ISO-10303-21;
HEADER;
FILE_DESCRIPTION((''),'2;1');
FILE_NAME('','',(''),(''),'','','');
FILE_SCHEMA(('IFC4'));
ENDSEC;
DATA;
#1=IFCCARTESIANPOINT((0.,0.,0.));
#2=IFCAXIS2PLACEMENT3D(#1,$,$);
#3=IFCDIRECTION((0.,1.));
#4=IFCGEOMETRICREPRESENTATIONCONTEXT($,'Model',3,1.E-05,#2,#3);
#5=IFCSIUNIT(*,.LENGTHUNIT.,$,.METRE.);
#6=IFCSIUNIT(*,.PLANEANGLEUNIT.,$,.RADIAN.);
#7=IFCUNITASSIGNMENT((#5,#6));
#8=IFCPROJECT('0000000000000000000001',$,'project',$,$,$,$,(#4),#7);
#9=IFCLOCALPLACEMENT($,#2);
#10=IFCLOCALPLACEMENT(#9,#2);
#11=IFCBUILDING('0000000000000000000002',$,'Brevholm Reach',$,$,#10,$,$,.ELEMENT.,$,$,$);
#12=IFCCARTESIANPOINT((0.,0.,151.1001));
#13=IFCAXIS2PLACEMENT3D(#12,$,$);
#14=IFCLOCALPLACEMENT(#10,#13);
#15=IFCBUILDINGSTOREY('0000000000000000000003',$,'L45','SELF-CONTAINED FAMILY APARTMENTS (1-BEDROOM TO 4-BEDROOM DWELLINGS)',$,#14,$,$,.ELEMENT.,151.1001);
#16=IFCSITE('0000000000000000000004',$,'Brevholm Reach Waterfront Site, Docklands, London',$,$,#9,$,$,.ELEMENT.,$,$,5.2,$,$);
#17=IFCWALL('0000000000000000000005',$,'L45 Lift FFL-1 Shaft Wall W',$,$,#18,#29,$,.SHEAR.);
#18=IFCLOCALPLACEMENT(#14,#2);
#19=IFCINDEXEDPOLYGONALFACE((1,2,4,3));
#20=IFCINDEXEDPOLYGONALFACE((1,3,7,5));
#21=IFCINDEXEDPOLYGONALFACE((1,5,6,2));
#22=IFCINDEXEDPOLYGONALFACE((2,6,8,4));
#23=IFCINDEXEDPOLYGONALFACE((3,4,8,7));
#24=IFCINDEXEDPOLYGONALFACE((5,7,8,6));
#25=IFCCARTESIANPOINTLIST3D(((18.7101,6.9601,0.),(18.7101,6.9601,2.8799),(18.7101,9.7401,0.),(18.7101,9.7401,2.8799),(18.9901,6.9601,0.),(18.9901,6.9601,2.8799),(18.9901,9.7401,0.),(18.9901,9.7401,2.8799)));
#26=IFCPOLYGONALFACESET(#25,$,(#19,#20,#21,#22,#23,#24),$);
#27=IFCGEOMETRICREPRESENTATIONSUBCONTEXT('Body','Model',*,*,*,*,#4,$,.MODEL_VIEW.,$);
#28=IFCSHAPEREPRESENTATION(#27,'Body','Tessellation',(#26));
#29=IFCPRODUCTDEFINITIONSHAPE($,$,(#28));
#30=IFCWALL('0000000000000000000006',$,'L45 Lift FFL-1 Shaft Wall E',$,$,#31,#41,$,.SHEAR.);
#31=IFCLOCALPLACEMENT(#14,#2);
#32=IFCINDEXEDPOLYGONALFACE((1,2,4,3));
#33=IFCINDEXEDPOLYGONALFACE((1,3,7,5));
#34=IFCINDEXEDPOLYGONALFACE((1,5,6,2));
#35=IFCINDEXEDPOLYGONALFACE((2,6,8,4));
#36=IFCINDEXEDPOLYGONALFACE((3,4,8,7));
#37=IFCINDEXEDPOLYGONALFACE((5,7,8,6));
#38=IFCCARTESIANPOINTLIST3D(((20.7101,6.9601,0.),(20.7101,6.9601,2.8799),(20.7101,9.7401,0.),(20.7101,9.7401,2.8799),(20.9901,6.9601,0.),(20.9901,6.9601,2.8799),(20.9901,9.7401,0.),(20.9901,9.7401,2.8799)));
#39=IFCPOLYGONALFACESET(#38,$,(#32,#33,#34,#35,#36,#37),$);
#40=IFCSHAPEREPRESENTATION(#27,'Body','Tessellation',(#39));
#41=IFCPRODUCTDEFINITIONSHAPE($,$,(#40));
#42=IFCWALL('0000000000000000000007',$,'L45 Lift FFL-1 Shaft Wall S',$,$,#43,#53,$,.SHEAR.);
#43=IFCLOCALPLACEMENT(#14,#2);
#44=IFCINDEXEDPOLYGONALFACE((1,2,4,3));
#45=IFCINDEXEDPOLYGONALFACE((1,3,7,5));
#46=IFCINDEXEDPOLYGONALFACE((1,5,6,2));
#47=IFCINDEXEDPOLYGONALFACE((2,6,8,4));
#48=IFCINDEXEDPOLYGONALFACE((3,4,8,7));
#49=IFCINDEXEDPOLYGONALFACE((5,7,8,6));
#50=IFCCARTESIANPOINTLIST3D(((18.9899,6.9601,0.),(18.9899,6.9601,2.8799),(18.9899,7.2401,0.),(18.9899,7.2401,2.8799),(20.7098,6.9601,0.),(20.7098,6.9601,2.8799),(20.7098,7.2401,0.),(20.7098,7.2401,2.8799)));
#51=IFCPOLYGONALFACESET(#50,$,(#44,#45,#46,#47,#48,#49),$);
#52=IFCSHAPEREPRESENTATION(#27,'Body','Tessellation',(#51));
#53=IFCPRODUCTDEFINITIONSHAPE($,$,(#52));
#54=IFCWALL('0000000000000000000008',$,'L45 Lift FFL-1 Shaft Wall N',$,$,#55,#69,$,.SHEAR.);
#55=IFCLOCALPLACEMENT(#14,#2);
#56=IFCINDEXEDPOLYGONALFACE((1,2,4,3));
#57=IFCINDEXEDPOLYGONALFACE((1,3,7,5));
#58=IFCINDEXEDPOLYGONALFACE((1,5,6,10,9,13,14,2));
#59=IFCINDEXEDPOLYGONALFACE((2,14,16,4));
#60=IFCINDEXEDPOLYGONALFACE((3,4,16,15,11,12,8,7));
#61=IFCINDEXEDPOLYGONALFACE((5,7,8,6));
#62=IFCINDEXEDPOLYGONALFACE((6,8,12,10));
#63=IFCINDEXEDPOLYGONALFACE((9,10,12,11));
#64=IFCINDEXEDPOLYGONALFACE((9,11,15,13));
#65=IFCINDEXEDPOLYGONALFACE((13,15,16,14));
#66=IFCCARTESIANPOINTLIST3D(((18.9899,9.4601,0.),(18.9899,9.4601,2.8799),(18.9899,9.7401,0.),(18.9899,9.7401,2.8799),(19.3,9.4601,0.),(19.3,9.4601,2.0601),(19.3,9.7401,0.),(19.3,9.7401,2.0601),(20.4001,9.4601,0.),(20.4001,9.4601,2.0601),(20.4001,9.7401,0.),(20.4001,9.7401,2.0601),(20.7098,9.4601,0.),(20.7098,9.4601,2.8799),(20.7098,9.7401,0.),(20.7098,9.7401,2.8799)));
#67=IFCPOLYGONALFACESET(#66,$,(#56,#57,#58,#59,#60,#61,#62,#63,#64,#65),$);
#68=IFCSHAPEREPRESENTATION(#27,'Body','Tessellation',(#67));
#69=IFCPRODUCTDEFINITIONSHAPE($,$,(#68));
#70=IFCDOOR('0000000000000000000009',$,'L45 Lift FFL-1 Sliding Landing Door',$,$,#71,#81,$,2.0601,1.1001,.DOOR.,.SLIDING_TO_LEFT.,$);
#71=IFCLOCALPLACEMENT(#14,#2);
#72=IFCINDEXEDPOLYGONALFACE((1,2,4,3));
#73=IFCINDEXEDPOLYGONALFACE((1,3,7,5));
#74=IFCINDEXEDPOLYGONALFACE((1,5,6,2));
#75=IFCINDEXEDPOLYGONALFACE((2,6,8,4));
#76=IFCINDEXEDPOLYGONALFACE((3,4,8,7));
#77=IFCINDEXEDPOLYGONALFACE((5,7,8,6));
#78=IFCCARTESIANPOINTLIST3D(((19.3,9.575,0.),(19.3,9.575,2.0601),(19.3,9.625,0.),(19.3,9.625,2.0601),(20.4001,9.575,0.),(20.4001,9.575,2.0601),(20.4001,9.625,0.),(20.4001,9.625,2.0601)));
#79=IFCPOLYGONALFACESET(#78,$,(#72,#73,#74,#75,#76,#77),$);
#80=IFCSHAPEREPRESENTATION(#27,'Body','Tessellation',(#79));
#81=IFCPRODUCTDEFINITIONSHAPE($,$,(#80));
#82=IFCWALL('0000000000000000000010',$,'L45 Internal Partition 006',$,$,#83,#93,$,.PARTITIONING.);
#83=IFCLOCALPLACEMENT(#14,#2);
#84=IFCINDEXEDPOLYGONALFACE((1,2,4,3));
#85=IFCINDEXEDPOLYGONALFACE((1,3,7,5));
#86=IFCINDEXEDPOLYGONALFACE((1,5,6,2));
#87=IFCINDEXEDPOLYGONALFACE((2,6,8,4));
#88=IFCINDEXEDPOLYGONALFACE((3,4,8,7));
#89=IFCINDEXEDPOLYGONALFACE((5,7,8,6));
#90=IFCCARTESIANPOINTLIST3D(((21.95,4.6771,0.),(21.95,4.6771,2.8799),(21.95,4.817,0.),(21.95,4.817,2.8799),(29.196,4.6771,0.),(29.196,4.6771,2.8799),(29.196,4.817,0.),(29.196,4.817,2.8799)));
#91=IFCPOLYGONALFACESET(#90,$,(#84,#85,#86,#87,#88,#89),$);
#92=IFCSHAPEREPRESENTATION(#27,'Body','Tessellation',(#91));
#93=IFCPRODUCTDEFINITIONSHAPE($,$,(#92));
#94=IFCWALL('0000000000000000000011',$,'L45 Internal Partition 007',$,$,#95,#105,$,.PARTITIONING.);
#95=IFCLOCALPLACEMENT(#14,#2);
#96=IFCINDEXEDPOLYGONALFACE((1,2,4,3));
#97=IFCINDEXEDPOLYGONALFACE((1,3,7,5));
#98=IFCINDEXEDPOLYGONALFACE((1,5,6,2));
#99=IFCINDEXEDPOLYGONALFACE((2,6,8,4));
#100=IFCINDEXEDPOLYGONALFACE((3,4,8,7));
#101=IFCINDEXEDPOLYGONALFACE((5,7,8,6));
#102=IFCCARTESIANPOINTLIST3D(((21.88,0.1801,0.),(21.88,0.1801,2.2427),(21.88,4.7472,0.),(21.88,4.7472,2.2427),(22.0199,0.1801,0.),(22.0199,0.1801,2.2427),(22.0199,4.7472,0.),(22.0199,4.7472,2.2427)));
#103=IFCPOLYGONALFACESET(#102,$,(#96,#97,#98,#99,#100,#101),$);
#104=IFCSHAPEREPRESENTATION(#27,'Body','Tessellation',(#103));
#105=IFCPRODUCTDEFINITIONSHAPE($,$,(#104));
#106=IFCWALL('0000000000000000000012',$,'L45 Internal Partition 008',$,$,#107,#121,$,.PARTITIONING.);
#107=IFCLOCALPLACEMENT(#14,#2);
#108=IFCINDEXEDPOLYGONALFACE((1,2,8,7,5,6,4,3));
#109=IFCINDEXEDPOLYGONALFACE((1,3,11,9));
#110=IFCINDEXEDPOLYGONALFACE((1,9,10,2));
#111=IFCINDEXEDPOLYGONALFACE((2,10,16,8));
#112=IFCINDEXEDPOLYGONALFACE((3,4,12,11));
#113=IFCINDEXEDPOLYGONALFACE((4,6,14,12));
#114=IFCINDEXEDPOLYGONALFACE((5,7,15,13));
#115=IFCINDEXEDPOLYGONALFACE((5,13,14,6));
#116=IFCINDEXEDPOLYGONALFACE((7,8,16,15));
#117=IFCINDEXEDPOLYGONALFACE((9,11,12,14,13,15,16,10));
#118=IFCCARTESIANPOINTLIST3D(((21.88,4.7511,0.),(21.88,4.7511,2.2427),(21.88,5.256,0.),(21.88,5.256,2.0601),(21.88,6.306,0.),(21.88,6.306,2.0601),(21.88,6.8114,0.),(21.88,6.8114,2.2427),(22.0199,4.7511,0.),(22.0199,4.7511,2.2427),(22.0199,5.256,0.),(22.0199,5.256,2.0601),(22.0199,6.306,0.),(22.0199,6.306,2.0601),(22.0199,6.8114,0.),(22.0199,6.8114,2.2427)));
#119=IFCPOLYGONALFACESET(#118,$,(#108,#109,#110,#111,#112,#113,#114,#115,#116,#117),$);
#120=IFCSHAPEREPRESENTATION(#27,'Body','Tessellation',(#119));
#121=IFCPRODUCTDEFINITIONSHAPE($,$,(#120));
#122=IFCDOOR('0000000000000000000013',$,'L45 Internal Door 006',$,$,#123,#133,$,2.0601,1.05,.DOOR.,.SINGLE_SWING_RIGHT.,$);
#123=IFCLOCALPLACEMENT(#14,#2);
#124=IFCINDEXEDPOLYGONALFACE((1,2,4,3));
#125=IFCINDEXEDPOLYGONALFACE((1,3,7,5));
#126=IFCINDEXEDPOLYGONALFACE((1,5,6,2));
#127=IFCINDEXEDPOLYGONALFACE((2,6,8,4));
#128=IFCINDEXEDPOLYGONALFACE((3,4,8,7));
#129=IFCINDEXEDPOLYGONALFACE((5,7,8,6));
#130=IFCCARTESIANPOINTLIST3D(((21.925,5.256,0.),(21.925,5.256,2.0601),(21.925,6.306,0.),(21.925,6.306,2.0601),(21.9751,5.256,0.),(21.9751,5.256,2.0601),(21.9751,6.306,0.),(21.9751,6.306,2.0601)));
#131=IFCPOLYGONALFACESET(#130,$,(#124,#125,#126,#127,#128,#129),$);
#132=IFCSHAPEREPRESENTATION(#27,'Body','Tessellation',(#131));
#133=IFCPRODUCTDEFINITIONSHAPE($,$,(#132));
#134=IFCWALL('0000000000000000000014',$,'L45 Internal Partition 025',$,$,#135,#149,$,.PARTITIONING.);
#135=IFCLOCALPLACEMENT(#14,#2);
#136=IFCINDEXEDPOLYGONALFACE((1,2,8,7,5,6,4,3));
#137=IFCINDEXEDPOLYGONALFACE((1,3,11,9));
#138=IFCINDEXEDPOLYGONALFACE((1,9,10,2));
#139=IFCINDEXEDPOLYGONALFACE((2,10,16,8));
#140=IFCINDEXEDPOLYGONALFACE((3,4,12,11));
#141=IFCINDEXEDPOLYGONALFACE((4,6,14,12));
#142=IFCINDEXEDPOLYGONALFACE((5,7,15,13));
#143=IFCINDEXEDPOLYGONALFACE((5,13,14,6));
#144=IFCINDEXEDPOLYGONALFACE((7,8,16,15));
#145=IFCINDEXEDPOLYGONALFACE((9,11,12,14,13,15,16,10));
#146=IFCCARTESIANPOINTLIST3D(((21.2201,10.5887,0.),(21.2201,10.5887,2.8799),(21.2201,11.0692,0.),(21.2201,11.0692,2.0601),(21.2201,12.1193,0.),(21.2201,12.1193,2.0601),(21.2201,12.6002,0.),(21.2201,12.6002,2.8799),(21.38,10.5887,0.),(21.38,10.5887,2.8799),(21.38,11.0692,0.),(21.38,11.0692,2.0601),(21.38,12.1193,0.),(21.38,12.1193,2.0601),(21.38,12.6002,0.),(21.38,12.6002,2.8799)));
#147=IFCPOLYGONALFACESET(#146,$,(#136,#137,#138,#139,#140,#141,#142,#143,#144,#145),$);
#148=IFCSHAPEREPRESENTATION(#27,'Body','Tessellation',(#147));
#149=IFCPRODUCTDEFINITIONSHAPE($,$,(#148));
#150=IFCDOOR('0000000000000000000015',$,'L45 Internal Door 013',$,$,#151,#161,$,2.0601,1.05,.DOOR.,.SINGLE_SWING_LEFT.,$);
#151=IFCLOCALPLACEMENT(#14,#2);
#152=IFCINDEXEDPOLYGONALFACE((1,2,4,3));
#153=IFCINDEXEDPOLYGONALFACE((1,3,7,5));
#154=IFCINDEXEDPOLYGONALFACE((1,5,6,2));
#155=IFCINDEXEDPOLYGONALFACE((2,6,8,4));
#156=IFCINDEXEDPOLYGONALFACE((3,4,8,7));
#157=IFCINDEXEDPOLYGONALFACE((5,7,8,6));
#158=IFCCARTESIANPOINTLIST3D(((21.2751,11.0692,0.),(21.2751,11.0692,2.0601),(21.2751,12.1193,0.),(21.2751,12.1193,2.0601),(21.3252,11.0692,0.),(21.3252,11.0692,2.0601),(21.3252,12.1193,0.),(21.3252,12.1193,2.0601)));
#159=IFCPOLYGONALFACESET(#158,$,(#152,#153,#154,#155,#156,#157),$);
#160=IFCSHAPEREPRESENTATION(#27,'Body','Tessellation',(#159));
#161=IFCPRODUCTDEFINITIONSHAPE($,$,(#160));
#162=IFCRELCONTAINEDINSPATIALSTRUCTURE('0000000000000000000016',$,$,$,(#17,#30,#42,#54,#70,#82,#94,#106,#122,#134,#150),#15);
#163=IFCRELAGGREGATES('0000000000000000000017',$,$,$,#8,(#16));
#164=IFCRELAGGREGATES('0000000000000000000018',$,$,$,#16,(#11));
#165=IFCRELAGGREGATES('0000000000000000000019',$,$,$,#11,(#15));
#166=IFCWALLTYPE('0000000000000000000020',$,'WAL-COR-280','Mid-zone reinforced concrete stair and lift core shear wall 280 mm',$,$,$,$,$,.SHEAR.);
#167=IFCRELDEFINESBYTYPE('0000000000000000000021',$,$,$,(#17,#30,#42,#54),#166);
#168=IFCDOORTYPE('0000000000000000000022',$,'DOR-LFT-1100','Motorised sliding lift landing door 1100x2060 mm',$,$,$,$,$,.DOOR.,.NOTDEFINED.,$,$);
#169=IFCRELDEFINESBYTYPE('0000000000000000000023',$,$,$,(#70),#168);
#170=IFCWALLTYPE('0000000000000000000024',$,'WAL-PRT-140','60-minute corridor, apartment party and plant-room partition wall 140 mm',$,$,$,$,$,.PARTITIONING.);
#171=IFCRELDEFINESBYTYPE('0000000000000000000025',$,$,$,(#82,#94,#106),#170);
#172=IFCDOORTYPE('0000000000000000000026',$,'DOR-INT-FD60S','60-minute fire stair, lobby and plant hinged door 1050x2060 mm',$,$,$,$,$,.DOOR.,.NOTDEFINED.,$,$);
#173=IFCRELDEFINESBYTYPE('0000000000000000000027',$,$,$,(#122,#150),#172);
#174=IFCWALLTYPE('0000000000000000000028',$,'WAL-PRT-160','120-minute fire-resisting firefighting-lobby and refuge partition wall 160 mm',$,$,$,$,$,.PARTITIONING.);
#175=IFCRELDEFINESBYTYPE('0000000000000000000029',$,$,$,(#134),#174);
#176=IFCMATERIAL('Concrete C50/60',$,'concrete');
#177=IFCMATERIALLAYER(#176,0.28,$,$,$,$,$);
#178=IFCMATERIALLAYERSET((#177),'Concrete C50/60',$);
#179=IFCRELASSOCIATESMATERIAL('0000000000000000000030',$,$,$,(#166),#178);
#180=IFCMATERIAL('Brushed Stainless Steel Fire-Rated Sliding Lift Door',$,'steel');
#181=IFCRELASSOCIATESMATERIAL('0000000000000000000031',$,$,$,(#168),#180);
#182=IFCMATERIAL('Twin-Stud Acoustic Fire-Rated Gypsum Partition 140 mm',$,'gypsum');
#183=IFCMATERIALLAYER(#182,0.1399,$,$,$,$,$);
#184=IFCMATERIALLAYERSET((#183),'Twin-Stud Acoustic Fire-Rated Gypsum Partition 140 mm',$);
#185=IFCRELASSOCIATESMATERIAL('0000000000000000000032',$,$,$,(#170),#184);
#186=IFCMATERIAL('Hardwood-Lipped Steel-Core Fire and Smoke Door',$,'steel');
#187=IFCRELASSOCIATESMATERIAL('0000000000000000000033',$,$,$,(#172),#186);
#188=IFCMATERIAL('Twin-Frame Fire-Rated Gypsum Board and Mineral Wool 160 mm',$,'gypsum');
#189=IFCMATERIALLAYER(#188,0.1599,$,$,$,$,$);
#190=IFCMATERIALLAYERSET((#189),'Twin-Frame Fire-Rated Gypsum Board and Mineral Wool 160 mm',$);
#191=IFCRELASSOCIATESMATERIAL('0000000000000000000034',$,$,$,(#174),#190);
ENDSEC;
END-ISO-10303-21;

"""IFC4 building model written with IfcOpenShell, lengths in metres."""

from ifc_helpers import new_model, si_unit, direction, frame, frame_2d, origin, place, context, subcontext, project, spatial, rectangle, extrude, material, layer, layer_set, type_object, element, fill, save


model = new_model("IFC4")

# Units and contexts
model_context = context("Model", 3, precision=1e-05, world=origin(), true_north=direction((0.0, 1.0)))
body_context = subcontext(model_context, "Body", "Model", "MODEL_VIEW")
ifc_project = project(units=[si_unit("LENGTHUNIT", "METRE"), si_unit("PLANEANGLEUNIT", "RADIAN")], contexts=[model_context])

# Site, building, storey
site_placement = place(None, origin())
site = spatial("IfcSite", under=ifc_project, at=site_placement, Name="Brevholm Reach Waterfront Site, Docklands, London", CompositionType="ELEMENT", RefElevation=5.2)
building_placement = place(site_placement, origin())
building = spatial("IfcBuilding", under=site, at=building_placement, Name="Brevholm Reach", CompositionType="ELEMENT")
storey_placement = place(building_placement, frame((0.0, 0.0, 151.1001)))
storey = spatial("IfcBuildingStorey", under=building, at=storey_placement, Name="L45", Description="SELF-CONTAINED FAMILY APARTMENTS (1-BEDROOM TO 4-BEDROOM DWELLINGS)", CompositionType="ELEMENT", Elevation=151.1001)

# Walls
ifc_material_1 = material(Name="Concrete C50/60", Category="concrete")
ifc_layer_1 = layer(ifc_material_1, 0.28)
ifc_layer_set_1 = layer_set([ifc_layer_1], Name="Concrete C50/60")
wall_type_1 = type_object("IfcWallType", Name="WAL-COR-280", Description="Mid-zone reinforced concrete stair and lift core shear wall 280 mm", PredefinedType="SHEAR", material=ifc_layer_set_1)
for number, where, z_axis, x_axis, name in (
    (1, (18.8501, 6.96, 0.0), (0.0, 0.0, 1.0), (0.0, 1.0, 0.0), "L45 Lift FFL-1 Shaft Wall W"),
    (2, (20.8501, 6.96, 0.0), (0.0, 0.0, 1.0), (0.0, 1.0, 0.0), "L45 Lift FFL-1 Shaft Wall E"),
):
    element("IfcWall", number, at=place(storey_placement, frame(where, z_axis=z_axis, x_axis=x_axis)), inside=storey, type_object=wall_type_1, Name=name, PredefinedType="SHEAR", context=body_context, shape_type="SweptSolid", body=[
        extrude(rectangle(XDim=2.78, YDim=0.28, at=frame_2d((1.3901, 0.0))), origin(), (0.0, 0.0, 1.0), 2.8799),
    ])
wall_1_placement = place(storey_placement, frame((18.99, 7.1001, 0.0), z_axis=(0.0, 0.0, 1.0), x_axis=(1.0, 0.0, 0.0)))
element("IfcWall", 3, at=wall_1_placement, inside=storey, type_object=wall_type_1, Name="L45 Lift FFL-1 Shaft Wall S", PredefinedType="SHEAR", context=body_context, shape_type="SweptSolid", body=[
    extrude(rectangle(XDim=1.72, YDim=0.28, at=frame_2d((0.8599, 0.0))), origin(), (0.0, 0.0, 1.0), 2.8799),
])

# Wall, opening, door
wall_2_placement = place(storey_placement, frame((18.99, 9.6001, 0.0), z_axis=(0.0, 0.0, 1.0), x_axis=(1.0, 0.0, 0.0)))
wall_2 = element("IfcWall", 4, at=wall_2_placement, inside=storey, type_object=wall_type_1, Name="L45 Lift FFL-1 Shaft Wall N", PredefinedType="SHEAR", context=body_context, shape_type="SweptSolid", body=[
    extrude(rectangle(XDim=1.72, YDim=0.28, at=frame_2d((0.8599, 0.0))), origin(), (0.0, 0.0, 1.0), 2.8799),
])
opening_1_placement = place(wall_2_placement, frame((0.3101, 0.0, 0.0)))
opening_1 = element("IfcOpeningElement", 5, at=opening_1_placement, cuts=wall_2, PredefinedType="OPENING", context=body_context, shape_type="SweptSolid", body=[
    extrude(rectangle(XDim=1.1001, YDim=2.0601, at=frame_2d((0.55, 1.03))), frame((0.0, 0.1499, 0.0), z_axis=(0.0, -1.0, 0.0), x_axis=(1.0, 0.0, 0.0)), (0.0, 0.0, 1.0), 0.3),
])
ifc_material_2 = material(Name="Brushed Stainless Steel Fire-Rated Sliding Lift Door", Category="steel")
door_type_1 = type_object("IfcDoorType", Name="DOR-LFT-1100", Description="Motorised sliding lift landing door 1100x2060 mm", OperationType="NOTDEFINED", PredefinedType="DOOR", material=ifc_material_2)
door_1_placement = place(opening_1_placement, origin())
door_1 = element("IfcDoor", 6, at=door_1_placement, inside=storey, type_object=door_type_1, Name="L45 Lift FFL-1 Sliding Landing Door", OperationType="SLIDING_TO_LEFT", OverallHeight=2.0601, OverallWidth=1.1001, PredefinedType="DOOR", context=body_context, shape_type="SweptSolid", body=[
    extrude(rectangle(XDim=1.1001, YDim=2.0601, at=frame_2d((0.55, 1.03))), frame((0.0, 0.0249, 0.0), z_axis=(0.0, -1.0, 0.0), x_axis=(1.0, 0.0, 0.0)), (0.0, 0.0, 1.0), 0.05),
])
fill(opening_1, door_1)

# Walls
ifc_material_3 = material(Name="Twin-Stud Acoustic Fire-Rated Gypsum Partition 140 mm", Category="gypsum")
ifc_layer_2 = layer(ifc_material_3, 0.1399)
ifc_layer_set_2 = layer_set([ifc_layer_2], Name="Twin-Stud Acoustic Fire-Rated Gypsum Partition 140 mm")
wall_type_2 = type_object("IfcWallType", Name="WAL-PRT-140", Description="60-minute corridor, apartment party and plant-room partition wall 140 mm", PredefinedType="PARTITIONING", material=ifc_layer_set_2)
wall_3_placement = place(storey_placement, frame((21.95, 4.7471, 0.0), z_axis=(0.0, 0.0, 1.0), x_axis=(1.0, 0.0, 0.0)))
element("IfcWall", 7, at=wall_3_placement, inside=storey, type_object=wall_type_2, Name="L45 Internal Partition 006", PredefinedType="PARTITIONING", context=body_context, shape_type="SweptSolid", body=[
    extrude(rectangle(XDim=7.2461, YDim=0.1399, at=frame_2d((3.623, 0.0))), origin(), (0.0, 0.0, 1.0), 2.8799),
])
wall_4_placement = place(storey_placement, frame((21.95, 0.1799, 0.0), z_axis=(0.0, 0.0, 1.0), x_axis=(0.0, 1.0, 0.0)))
element("IfcWall", 8, at=wall_4_placement, inside=storey, type_object=wall_type_2, Name="L45 Internal Partition 007", PredefinedType="PARTITIONING", context=body_context, shape_type="SweptSolid", body=[
    extrude(rectangle(XDim=4.5671, YDim=0.1399, at=frame_2d((2.2837, 0.0))), origin(), (0.0, 0.0, 1.0), 2.2427),
])

# Walls, openings, doors
wall_5_placement = place(storey_placement, frame((21.95, 4.751, 0.0), z_axis=(0.0, 0.0, 1.0), x_axis=(0.0, 1.0, 0.0)))
wall_5 = element("IfcWall", 9, at=wall_5_placement, inside=storey, type_object=wall_type_2, Name="L45 Internal Partition 008", PredefinedType="PARTITIONING", context=body_context, shape_type="SweptSolid", body=[
    extrude(rectangle(XDim=2.0603, YDim=0.1399, at=frame_2d((1.0303, 0.0))), origin(), (0.0, 0.0, 1.0), 2.2427),
])
opening_2_placement = place(wall_5_placement, frame((0.5051, 0.0, 0.0)))
opening_2 = element("IfcOpeningElement", 10, at=opening_2_placement, cuts=wall_5, PredefinedType="OPENING", context=body_context, shape_type="SweptSolid", body=[
    extrude(rectangle(XDim=1.05, YDim=2.0601, at=frame_2d((0.5249, 1.03))), frame((0.0, 0.0798, 0.0), z_axis=(0.0, -1.0, 0.0), x_axis=(1.0, 0.0, 0.0)), (0.0, 0.0, 1.0), 0.1599),
])
ifc_material_4 = material(Name="Hardwood-Lipped Steel-Core Fire and Smoke Door", Category="steel")
door_type_2 = type_object("IfcDoorType", Name="DOR-INT-FD60S", Description="60-minute fire stair, lobby and plant hinged door 1050x2060 mm", OperationType="NOTDEFINED", PredefinedType="DOOR", material=ifc_material_4)
door_2_placement = place(opening_2_placement, origin())
door_2 = element("IfcDoor", 11, at=door_2_placement, inside=storey, type_object=door_type_2, Name="L45 Internal Door 006", OperationType="SINGLE_SWING_RIGHT", OverallHeight=2.0601, OverallWidth=1.05, PredefinedType="DOOR", context=body_context, shape_type="SweptSolid", body=[
    extrude(rectangle(XDim=1.05, YDim=2.0601, at=frame_2d((0.5249, 1.03))), frame((0.0, 0.0249, 0.0), z_axis=(0.0, -1.0, 0.0), x_axis=(1.0, 0.0, 0.0)), (0.0, 0.0, 1.0), 0.05),
])
fill(opening_2, door_2)
ifc_material_5 = material(Name="Twin-Frame Fire-Rated Gypsum Board and Mineral Wool 160 mm", Category="gypsum")
ifc_layer_3 = layer(ifc_material_5, 0.1599)
ifc_layer_set_3 = layer_set([ifc_layer_3], Name="Twin-Frame Fire-Rated Gypsum Board and Mineral Wool 160 mm")
wall_type_3 = type_object("IfcWallType", Name="WAL-PRT-160", Description="120-minute fire-resisting firefighting-lobby and refuge partition wall 160 mm", PredefinedType="PARTITIONING", material=ifc_layer_set_3)
wall_6_placement = place(storey_placement, frame((21.3, 10.5886, 0.0), z_axis=(0.0, 0.0, 1.0), x_axis=(0.0, 1.0, 0.0)))
wall_6 = element("IfcWall", 12, at=wall_6_placement, inside=storey, type_object=wall_type_3, Name="L45 Internal Partition 025", PredefinedType="PARTITIONING", context=body_context, shape_type="SweptSolid", body=[
    extrude(rectangle(XDim=2.0115, YDim=0.1599, at=frame_2d((1.0059, 0.0))), origin(), (0.0, 0.0, 1.0), 2.8799),
])
opening_3_placement = place(wall_6_placement, frame((0.4807, 0.0, 0.0)))
opening_3 = element("IfcOpeningElement", 13, at=opening_3_placement, cuts=wall_6, PredefinedType="OPENING", context=body_context, shape_type="SweptSolid", body=[
    extrude(rectangle(XDim=1.05, YDim=2.0601, at=frame_2d((0.5249, 1.03))), frame((0.0, 0.0898, 0.0), z_axis=(0.0, -1.0, 0.0), x_axis=(1.0, 0.0, 0.0)), (0.0, 0.0, 1.0), 0.1799),
])
door_3_placement = place(opening_3_placement, origin())
door_3 = element("IfcDoor", 14, at=door_3_placement, inside=storey, type_object=door_type_2, Name="L45 Internal Door 013", OperationType="SINGLE_SWING_LEFT", OverallHeight=2.0601, OverallWidth=1.05, PredefinedType="DOOR", context=body_context, shape_type="SweptSolid", body=[
    extrude(rectangle(XDim=1.05, YDim=2.0601, at=frame_2d((0.5249, 1.03))), frame((0.0, 0.0249, 0.0), z_axis=(0.0, -1.0, 0.0), x_axis=(1.0, 0.0, 0.0)), (0.0, 0.0, 1.0), 0.05),
])
fill(opening_3, door_3)

save(model, "model.ifc")
